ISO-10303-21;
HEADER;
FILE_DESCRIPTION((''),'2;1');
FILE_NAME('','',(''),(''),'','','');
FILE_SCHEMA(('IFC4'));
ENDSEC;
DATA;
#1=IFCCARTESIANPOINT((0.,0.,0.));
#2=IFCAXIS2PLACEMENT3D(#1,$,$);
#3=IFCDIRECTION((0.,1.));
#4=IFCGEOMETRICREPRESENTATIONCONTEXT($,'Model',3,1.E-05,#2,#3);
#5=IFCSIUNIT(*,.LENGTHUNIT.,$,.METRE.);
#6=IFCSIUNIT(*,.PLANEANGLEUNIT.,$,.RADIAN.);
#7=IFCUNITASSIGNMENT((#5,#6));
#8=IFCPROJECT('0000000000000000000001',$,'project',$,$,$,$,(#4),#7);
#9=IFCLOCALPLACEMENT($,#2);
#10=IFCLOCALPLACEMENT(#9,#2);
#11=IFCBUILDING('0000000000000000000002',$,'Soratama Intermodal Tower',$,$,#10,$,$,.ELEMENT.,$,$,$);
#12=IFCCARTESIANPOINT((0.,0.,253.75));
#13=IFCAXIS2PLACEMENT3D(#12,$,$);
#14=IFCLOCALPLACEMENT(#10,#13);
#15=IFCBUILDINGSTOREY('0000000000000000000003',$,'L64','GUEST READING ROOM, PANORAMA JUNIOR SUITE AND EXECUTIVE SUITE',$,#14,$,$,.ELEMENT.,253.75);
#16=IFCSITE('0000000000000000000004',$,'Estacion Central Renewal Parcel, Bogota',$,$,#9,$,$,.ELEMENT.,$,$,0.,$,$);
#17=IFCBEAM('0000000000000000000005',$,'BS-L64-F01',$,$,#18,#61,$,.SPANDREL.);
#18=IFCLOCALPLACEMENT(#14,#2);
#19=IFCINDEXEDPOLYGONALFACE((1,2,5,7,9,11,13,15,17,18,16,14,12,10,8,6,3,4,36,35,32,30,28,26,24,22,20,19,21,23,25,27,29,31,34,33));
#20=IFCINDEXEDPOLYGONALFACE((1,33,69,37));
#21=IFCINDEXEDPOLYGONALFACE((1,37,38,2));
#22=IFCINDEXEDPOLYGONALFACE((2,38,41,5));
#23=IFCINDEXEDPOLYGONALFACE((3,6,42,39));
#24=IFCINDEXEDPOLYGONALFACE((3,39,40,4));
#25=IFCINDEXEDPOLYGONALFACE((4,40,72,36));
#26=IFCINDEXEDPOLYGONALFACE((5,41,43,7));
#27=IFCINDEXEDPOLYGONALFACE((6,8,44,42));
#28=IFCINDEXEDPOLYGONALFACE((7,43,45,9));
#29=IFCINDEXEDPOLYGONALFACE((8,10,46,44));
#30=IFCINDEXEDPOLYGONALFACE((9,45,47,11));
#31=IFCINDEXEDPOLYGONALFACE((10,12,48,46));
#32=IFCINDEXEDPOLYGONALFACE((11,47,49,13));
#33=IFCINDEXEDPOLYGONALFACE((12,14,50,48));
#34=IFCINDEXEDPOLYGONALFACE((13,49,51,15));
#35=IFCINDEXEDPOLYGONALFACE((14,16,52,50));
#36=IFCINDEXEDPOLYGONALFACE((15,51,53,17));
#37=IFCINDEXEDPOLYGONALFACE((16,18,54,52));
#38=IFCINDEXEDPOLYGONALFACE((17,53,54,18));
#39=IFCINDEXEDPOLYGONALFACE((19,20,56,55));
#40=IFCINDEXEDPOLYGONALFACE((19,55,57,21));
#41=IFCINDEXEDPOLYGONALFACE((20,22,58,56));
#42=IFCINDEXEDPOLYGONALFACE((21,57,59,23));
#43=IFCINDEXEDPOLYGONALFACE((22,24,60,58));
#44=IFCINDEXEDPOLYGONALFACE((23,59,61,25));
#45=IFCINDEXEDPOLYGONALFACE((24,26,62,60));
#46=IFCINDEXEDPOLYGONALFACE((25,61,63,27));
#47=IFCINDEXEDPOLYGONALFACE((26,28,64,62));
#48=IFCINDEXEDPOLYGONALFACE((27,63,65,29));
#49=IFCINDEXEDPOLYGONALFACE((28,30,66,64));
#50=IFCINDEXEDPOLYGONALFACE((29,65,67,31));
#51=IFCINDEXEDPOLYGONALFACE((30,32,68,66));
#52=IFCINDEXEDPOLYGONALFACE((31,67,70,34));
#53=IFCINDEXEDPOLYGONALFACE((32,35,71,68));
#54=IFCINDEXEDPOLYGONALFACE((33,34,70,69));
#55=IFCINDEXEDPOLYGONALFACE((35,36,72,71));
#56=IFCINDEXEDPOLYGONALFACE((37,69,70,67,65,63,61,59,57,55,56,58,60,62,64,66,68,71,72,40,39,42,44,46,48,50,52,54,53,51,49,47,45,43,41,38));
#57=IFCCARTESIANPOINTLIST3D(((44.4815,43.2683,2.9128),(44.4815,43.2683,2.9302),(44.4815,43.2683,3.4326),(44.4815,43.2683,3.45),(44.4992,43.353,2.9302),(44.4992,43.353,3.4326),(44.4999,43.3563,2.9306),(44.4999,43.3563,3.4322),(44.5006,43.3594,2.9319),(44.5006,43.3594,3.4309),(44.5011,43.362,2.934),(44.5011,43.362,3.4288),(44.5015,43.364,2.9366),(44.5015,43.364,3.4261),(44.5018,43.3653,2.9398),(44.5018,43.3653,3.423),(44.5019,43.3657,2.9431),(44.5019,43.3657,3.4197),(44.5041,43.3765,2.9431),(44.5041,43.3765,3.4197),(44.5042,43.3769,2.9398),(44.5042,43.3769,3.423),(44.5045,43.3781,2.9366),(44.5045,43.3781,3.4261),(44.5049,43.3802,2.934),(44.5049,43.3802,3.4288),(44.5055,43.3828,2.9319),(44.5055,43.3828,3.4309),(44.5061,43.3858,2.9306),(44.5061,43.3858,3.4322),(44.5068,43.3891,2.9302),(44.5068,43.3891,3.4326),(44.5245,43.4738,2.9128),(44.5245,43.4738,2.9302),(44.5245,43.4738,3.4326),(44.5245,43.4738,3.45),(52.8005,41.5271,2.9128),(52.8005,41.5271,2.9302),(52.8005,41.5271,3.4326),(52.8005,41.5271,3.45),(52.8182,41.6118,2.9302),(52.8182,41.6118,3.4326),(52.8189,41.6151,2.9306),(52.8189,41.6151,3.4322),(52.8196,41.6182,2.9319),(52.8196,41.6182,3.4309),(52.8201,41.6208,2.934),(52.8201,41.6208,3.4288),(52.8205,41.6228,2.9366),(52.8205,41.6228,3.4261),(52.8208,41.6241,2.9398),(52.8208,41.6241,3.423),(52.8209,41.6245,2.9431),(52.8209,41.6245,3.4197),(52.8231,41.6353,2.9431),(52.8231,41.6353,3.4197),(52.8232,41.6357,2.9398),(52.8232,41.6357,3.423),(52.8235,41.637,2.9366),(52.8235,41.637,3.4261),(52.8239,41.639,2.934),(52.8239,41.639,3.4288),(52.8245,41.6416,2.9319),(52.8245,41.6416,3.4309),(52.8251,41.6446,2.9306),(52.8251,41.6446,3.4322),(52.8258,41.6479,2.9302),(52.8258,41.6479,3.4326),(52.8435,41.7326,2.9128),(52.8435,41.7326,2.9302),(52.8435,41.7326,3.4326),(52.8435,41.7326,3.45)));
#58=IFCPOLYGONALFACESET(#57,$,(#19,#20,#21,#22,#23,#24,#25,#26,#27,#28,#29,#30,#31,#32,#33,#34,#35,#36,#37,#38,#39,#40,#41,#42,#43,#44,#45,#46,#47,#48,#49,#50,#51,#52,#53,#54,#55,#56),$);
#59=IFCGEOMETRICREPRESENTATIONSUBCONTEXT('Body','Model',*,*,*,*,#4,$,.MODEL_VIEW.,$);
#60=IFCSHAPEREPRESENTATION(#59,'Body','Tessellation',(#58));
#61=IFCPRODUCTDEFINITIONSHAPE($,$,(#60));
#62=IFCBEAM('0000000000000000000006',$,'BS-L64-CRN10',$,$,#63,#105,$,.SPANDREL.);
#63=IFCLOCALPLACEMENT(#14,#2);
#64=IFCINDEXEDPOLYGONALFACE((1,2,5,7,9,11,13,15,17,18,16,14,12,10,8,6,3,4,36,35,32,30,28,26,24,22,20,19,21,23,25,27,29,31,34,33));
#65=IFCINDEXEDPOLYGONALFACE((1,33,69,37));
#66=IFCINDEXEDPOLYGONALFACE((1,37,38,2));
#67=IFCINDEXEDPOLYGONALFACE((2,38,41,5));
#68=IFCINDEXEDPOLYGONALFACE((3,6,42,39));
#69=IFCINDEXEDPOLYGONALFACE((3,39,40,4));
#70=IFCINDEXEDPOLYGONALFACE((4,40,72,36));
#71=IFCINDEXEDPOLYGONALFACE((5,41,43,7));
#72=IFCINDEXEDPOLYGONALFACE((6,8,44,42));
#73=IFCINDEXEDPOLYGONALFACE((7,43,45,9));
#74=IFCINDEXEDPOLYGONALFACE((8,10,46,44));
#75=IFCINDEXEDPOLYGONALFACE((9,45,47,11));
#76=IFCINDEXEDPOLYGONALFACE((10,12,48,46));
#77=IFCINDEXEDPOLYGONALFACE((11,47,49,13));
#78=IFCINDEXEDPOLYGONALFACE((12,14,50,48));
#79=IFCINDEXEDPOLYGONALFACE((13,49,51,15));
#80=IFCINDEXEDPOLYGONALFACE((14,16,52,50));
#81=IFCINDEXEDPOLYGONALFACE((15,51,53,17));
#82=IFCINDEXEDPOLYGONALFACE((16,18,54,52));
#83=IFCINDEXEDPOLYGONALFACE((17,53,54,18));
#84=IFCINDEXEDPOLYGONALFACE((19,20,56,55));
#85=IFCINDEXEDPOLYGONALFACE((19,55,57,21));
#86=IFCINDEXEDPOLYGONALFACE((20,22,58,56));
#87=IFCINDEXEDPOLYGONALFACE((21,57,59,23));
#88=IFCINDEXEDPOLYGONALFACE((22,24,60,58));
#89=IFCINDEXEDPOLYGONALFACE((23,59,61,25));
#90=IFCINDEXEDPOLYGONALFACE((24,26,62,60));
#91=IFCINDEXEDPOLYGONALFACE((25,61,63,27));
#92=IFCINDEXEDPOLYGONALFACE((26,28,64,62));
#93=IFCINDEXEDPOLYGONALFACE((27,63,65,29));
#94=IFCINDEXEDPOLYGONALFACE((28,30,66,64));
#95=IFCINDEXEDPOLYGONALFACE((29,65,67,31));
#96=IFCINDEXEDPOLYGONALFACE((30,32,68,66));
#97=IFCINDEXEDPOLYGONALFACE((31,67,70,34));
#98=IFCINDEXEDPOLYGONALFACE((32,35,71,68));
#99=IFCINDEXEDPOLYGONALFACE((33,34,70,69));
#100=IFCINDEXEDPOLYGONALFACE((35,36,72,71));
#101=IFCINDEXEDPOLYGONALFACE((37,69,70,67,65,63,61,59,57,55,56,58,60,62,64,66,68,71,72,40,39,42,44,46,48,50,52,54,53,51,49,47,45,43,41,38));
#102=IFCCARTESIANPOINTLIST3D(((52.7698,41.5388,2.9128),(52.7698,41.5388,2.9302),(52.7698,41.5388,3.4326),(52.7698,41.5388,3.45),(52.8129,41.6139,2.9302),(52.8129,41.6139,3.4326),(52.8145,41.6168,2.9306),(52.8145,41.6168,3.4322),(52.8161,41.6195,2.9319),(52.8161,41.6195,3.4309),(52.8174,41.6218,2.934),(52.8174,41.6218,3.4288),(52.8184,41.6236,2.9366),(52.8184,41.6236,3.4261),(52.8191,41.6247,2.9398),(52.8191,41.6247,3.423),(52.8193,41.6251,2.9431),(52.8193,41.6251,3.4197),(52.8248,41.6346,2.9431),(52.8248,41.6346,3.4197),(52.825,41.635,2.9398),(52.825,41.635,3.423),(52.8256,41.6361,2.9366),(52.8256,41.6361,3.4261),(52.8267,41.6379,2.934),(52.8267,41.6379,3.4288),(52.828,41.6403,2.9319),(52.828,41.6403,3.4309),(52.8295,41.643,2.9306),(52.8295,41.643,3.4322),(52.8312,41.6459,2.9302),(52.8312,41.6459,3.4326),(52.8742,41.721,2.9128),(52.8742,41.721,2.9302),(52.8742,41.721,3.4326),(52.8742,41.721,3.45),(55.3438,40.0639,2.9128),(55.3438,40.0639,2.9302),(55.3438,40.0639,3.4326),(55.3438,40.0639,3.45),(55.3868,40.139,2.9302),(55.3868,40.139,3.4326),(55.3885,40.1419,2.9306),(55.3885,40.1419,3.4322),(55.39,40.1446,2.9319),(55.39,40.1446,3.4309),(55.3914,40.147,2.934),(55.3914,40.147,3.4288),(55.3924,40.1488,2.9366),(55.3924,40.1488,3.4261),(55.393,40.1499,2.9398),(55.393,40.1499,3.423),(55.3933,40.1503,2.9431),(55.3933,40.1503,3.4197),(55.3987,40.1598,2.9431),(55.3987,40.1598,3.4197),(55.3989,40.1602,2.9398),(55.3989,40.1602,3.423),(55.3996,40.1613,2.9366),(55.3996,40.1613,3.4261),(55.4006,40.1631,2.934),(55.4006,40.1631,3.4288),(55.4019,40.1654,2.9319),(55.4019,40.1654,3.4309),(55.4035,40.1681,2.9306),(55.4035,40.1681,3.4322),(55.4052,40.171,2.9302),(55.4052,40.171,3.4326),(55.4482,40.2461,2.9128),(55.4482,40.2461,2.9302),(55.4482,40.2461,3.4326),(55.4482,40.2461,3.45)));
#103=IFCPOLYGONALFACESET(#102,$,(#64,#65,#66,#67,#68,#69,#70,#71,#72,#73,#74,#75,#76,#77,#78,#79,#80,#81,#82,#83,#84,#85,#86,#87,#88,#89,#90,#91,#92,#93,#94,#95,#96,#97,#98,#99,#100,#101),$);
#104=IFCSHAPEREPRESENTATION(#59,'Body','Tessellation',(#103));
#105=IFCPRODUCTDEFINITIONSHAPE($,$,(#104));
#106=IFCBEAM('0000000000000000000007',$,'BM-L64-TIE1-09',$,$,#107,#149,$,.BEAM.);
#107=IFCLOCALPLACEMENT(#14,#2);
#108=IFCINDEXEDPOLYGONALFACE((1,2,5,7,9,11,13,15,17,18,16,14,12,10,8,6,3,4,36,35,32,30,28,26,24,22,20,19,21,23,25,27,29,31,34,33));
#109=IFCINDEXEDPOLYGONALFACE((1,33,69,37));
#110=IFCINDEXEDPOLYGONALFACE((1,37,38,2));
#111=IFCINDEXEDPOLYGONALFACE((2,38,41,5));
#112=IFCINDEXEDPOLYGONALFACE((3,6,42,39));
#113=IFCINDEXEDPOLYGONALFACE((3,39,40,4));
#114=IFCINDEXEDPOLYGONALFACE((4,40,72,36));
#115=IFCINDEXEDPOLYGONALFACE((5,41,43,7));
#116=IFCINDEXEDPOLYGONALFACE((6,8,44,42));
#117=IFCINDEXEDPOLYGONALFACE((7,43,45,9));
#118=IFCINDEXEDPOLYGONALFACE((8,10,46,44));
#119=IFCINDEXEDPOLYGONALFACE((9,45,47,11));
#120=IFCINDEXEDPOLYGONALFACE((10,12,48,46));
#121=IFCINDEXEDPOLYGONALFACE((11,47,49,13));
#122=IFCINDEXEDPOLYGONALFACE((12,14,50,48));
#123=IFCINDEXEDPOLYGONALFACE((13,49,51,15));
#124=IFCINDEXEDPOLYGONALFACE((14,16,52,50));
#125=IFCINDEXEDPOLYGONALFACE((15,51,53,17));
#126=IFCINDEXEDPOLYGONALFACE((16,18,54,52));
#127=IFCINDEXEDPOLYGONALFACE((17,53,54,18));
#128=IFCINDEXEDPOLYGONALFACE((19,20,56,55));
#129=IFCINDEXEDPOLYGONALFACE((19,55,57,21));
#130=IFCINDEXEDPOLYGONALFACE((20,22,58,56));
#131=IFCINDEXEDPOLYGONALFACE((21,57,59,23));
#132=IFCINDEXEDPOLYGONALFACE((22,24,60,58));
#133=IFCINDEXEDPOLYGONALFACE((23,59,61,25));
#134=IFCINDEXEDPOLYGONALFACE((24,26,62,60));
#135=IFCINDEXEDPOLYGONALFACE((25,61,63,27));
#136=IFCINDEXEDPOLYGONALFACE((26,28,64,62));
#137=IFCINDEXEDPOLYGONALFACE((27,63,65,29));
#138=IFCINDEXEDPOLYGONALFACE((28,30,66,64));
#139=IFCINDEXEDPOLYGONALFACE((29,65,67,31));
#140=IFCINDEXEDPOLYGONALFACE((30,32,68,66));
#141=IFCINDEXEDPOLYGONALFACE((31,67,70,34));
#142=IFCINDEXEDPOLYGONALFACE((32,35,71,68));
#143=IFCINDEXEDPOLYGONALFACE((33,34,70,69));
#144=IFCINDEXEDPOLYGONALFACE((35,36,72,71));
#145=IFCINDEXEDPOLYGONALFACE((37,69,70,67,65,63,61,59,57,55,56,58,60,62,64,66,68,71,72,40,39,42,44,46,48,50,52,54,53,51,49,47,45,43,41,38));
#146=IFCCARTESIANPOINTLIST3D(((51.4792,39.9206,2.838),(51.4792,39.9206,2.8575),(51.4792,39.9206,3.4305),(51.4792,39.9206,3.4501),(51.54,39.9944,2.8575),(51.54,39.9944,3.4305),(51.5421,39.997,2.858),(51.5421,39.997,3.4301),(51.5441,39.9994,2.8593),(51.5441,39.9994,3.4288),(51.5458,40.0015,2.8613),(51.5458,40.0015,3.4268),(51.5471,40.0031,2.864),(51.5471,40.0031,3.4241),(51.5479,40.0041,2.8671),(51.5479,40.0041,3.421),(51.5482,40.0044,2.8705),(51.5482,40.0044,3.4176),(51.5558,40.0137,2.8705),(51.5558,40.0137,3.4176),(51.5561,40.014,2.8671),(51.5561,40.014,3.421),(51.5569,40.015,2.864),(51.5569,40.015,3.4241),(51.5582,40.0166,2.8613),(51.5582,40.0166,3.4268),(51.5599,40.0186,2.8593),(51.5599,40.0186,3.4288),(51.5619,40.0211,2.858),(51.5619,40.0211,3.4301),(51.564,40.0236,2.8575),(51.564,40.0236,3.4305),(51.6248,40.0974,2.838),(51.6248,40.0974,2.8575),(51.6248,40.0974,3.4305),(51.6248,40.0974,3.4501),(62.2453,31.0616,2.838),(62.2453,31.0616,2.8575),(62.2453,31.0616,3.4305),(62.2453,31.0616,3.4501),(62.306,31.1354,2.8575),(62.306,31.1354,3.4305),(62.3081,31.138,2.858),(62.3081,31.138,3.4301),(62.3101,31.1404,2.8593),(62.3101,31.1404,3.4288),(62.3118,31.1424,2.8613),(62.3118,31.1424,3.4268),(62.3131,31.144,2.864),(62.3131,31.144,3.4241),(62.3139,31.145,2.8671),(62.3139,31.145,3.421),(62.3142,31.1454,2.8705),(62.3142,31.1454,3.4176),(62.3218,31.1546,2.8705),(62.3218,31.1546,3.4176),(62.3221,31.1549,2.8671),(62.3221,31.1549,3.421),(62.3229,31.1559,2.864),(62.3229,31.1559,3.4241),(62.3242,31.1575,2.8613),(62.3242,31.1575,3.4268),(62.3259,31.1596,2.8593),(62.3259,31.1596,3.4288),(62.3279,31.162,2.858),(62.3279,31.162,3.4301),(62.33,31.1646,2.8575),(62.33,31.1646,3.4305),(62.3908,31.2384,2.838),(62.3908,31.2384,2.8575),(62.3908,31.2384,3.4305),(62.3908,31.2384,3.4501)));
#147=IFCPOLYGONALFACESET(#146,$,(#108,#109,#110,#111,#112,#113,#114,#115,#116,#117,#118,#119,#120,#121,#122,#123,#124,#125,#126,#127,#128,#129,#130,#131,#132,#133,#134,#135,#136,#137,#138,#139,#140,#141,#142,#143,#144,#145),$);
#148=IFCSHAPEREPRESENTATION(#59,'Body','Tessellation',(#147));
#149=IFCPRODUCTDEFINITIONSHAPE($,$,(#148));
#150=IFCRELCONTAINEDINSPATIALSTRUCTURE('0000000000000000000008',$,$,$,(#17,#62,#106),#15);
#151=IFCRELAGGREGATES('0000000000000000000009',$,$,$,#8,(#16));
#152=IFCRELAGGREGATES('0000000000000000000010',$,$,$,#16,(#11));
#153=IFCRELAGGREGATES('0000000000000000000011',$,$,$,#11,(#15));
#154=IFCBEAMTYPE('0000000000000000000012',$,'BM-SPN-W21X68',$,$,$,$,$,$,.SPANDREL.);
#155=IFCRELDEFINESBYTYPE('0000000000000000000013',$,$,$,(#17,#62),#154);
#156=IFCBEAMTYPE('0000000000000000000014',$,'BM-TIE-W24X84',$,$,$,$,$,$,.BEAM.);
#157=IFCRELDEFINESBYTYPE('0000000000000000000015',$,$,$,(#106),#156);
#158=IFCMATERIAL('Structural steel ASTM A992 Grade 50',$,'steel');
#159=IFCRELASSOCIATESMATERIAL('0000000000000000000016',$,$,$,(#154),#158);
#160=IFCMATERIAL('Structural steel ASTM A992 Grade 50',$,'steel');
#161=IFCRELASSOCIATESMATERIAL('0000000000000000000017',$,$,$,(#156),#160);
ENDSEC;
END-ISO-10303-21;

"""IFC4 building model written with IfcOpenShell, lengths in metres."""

from ifc_helpers import new_model, si_unit, direction, frame, origin, origin_2d, place, context, subcontext, project, spatial, i_section, extrude, material, material_profile, profile_set, type_object, element, save


model = new_model("IFC4")

# Units and contexts
model_context = context("Model", 3, precision=1e-05, world=origin(), true_north=direction((0.0, 1.0)))
body_context = subcontext(model_context, "Body", "Model", "MODEL_VIEW")
ifc_project = project(units=[si_unit("LENGTHUNIT", "METRE"), si_unit("PLANEANGLEUNIT", "RADIAN")], contexts=[model_context])

# Site, building, storey
site_placement = place(None, origin())
site = spatial("IfcSite", under=ifc_project, at=site_placement, Name="Estacion Central Renewal Parcel, Bogota", CompositionType="ELEMENT", RefElevation=0.0)
building_placement = place(site_placement, origin())
building = spatial("IfcBuilding", under=site, at=building_placement, Name="Soratama Intermodal Tower", CompositionType="ELEMENT")
storey_placement = place(building_placement, frame((0.0, 0.0, 253.75)))
storey = spatial("IfcBuildingStorey", under=building, at=storey_placement, Name="L64", Description="GUEST READING ROOM, PANORAMA JUNIOR SUITE AND EXECUTIVE SUITE", CompositionType="ELEMENT", Elevation=253.75)

# Beams
ifc_material_1 = material(Name="Structural steel ASTM A992 Grade 50", Category="steel")
ifc_material_profile_1 = material_profile(ifc_material_1, i_section(OverallWidth=0.21, OverallDepth=0.5371, WebThickness=0.011, FlangeThickness=0.0173, FilletRadius=0.0129, at=origin_2d()), Name="W21X68")
ifc_profile_set_1 = profile_set([ifc_material_profile_1], Name="Structural steel ASTM A992 Grade 50")
beam_type_1 = type_object("IfcBeamType", Name="BM-SPN-W21X68", PredefinedType="SPANDREL", material=ifc_profile_set_1)
beam_1_placement = place(storey_placement, frame((52.822, 41.6299, 3.1814), z_axis=(-0.97879, 0.204864, 0.0), x_axis=(-0.204864, -0.97879, 0.0)))
element("IfcBeam", 1, at=beam_1_placement, inside=storey, type_object=beam_type_1, Name="BS-L64-F01", PredefinedType="SPANDREL", context=body_context, shape_type="SweptSolid", body=[
    extrude(i_section(OverallWidth=0.21, OverallDepth=0.5371, WebThickness=0.011, FlangeThickness=0.0173, FilletRadius=0.0129, at=origin_2d()), origin(), (0.0, 0.0, 1.0), 8.4993),
])
beam_2_placement = place(storey_placement, frame((55.396, 40.155, 3.1814), z_axis=(-0.86766, 0.497158, 0.0), x_axis=(-0.497158, -0.86766, 0.0)))
element("IfcBeam", 2, at=beam_2_placement, inside=storey, type_object=beam_type_1, Name="BS-L64-CRN10", PredefinedType="SPANDREL", context=body_context, shape_type="SweptSolid", body=[
    extrude(i_section(OverallWidth=0.21, OverallDepth=0.5371, WebThickness=0.011, FlangeThickness=0.0173, FilletRadius=0.0129, at=origin_2d()), origin(), (0.0, 0.0, 1.0), 2.9666),
])
ifc_material_2 = material(Name="Structural steel ASTM A992 Grade 50", Category="steel")
ifc_material_profile_2 = material_profile(ifc_material_2, i_section(OverallWidth=0.229, OverallDepth=0.6121, WebThickness=0.012, FlangeThickness=0.0195, FilletRadius=0.0129, at=origin_2d()), Name="W24X84")
ifc_profile_set_2 = profile_set([ifc_material_profile_2], Name="Structural steel ASTM A992 Grade 50")
beam_type_2 = type_object("IfcBeamType", Name="BM-TIE-W24X84", PredefinedType="BEAM", material=ifc_profile_set_2)
beam_3_placement = place(storey_placement, frame((51.552, 40.009, 3.144), z_axis=(0.772179, -0.635405, 0.0), x_axis=(0.635405, 0.772179, 0.0)))
element("IfcBeam", 3, at=beam_3_placement, inside=storey, type_object=beam_type_2, Name="BM-L64-TIE1-09", PredefinedType="BEAM", context=body_context, shape_type="SweptSolid", body=[
    extrude(i_section(OverallWidth=0.229, OverallDepth=0.6121, WebThickness=0.012, FlangeThickness=0.0195, FilletRadius=0.0129, at=origin_2d()), origin(), (0.0, 0.0, 1.0), 13.9424),
])

save(model, "model.ifc")
